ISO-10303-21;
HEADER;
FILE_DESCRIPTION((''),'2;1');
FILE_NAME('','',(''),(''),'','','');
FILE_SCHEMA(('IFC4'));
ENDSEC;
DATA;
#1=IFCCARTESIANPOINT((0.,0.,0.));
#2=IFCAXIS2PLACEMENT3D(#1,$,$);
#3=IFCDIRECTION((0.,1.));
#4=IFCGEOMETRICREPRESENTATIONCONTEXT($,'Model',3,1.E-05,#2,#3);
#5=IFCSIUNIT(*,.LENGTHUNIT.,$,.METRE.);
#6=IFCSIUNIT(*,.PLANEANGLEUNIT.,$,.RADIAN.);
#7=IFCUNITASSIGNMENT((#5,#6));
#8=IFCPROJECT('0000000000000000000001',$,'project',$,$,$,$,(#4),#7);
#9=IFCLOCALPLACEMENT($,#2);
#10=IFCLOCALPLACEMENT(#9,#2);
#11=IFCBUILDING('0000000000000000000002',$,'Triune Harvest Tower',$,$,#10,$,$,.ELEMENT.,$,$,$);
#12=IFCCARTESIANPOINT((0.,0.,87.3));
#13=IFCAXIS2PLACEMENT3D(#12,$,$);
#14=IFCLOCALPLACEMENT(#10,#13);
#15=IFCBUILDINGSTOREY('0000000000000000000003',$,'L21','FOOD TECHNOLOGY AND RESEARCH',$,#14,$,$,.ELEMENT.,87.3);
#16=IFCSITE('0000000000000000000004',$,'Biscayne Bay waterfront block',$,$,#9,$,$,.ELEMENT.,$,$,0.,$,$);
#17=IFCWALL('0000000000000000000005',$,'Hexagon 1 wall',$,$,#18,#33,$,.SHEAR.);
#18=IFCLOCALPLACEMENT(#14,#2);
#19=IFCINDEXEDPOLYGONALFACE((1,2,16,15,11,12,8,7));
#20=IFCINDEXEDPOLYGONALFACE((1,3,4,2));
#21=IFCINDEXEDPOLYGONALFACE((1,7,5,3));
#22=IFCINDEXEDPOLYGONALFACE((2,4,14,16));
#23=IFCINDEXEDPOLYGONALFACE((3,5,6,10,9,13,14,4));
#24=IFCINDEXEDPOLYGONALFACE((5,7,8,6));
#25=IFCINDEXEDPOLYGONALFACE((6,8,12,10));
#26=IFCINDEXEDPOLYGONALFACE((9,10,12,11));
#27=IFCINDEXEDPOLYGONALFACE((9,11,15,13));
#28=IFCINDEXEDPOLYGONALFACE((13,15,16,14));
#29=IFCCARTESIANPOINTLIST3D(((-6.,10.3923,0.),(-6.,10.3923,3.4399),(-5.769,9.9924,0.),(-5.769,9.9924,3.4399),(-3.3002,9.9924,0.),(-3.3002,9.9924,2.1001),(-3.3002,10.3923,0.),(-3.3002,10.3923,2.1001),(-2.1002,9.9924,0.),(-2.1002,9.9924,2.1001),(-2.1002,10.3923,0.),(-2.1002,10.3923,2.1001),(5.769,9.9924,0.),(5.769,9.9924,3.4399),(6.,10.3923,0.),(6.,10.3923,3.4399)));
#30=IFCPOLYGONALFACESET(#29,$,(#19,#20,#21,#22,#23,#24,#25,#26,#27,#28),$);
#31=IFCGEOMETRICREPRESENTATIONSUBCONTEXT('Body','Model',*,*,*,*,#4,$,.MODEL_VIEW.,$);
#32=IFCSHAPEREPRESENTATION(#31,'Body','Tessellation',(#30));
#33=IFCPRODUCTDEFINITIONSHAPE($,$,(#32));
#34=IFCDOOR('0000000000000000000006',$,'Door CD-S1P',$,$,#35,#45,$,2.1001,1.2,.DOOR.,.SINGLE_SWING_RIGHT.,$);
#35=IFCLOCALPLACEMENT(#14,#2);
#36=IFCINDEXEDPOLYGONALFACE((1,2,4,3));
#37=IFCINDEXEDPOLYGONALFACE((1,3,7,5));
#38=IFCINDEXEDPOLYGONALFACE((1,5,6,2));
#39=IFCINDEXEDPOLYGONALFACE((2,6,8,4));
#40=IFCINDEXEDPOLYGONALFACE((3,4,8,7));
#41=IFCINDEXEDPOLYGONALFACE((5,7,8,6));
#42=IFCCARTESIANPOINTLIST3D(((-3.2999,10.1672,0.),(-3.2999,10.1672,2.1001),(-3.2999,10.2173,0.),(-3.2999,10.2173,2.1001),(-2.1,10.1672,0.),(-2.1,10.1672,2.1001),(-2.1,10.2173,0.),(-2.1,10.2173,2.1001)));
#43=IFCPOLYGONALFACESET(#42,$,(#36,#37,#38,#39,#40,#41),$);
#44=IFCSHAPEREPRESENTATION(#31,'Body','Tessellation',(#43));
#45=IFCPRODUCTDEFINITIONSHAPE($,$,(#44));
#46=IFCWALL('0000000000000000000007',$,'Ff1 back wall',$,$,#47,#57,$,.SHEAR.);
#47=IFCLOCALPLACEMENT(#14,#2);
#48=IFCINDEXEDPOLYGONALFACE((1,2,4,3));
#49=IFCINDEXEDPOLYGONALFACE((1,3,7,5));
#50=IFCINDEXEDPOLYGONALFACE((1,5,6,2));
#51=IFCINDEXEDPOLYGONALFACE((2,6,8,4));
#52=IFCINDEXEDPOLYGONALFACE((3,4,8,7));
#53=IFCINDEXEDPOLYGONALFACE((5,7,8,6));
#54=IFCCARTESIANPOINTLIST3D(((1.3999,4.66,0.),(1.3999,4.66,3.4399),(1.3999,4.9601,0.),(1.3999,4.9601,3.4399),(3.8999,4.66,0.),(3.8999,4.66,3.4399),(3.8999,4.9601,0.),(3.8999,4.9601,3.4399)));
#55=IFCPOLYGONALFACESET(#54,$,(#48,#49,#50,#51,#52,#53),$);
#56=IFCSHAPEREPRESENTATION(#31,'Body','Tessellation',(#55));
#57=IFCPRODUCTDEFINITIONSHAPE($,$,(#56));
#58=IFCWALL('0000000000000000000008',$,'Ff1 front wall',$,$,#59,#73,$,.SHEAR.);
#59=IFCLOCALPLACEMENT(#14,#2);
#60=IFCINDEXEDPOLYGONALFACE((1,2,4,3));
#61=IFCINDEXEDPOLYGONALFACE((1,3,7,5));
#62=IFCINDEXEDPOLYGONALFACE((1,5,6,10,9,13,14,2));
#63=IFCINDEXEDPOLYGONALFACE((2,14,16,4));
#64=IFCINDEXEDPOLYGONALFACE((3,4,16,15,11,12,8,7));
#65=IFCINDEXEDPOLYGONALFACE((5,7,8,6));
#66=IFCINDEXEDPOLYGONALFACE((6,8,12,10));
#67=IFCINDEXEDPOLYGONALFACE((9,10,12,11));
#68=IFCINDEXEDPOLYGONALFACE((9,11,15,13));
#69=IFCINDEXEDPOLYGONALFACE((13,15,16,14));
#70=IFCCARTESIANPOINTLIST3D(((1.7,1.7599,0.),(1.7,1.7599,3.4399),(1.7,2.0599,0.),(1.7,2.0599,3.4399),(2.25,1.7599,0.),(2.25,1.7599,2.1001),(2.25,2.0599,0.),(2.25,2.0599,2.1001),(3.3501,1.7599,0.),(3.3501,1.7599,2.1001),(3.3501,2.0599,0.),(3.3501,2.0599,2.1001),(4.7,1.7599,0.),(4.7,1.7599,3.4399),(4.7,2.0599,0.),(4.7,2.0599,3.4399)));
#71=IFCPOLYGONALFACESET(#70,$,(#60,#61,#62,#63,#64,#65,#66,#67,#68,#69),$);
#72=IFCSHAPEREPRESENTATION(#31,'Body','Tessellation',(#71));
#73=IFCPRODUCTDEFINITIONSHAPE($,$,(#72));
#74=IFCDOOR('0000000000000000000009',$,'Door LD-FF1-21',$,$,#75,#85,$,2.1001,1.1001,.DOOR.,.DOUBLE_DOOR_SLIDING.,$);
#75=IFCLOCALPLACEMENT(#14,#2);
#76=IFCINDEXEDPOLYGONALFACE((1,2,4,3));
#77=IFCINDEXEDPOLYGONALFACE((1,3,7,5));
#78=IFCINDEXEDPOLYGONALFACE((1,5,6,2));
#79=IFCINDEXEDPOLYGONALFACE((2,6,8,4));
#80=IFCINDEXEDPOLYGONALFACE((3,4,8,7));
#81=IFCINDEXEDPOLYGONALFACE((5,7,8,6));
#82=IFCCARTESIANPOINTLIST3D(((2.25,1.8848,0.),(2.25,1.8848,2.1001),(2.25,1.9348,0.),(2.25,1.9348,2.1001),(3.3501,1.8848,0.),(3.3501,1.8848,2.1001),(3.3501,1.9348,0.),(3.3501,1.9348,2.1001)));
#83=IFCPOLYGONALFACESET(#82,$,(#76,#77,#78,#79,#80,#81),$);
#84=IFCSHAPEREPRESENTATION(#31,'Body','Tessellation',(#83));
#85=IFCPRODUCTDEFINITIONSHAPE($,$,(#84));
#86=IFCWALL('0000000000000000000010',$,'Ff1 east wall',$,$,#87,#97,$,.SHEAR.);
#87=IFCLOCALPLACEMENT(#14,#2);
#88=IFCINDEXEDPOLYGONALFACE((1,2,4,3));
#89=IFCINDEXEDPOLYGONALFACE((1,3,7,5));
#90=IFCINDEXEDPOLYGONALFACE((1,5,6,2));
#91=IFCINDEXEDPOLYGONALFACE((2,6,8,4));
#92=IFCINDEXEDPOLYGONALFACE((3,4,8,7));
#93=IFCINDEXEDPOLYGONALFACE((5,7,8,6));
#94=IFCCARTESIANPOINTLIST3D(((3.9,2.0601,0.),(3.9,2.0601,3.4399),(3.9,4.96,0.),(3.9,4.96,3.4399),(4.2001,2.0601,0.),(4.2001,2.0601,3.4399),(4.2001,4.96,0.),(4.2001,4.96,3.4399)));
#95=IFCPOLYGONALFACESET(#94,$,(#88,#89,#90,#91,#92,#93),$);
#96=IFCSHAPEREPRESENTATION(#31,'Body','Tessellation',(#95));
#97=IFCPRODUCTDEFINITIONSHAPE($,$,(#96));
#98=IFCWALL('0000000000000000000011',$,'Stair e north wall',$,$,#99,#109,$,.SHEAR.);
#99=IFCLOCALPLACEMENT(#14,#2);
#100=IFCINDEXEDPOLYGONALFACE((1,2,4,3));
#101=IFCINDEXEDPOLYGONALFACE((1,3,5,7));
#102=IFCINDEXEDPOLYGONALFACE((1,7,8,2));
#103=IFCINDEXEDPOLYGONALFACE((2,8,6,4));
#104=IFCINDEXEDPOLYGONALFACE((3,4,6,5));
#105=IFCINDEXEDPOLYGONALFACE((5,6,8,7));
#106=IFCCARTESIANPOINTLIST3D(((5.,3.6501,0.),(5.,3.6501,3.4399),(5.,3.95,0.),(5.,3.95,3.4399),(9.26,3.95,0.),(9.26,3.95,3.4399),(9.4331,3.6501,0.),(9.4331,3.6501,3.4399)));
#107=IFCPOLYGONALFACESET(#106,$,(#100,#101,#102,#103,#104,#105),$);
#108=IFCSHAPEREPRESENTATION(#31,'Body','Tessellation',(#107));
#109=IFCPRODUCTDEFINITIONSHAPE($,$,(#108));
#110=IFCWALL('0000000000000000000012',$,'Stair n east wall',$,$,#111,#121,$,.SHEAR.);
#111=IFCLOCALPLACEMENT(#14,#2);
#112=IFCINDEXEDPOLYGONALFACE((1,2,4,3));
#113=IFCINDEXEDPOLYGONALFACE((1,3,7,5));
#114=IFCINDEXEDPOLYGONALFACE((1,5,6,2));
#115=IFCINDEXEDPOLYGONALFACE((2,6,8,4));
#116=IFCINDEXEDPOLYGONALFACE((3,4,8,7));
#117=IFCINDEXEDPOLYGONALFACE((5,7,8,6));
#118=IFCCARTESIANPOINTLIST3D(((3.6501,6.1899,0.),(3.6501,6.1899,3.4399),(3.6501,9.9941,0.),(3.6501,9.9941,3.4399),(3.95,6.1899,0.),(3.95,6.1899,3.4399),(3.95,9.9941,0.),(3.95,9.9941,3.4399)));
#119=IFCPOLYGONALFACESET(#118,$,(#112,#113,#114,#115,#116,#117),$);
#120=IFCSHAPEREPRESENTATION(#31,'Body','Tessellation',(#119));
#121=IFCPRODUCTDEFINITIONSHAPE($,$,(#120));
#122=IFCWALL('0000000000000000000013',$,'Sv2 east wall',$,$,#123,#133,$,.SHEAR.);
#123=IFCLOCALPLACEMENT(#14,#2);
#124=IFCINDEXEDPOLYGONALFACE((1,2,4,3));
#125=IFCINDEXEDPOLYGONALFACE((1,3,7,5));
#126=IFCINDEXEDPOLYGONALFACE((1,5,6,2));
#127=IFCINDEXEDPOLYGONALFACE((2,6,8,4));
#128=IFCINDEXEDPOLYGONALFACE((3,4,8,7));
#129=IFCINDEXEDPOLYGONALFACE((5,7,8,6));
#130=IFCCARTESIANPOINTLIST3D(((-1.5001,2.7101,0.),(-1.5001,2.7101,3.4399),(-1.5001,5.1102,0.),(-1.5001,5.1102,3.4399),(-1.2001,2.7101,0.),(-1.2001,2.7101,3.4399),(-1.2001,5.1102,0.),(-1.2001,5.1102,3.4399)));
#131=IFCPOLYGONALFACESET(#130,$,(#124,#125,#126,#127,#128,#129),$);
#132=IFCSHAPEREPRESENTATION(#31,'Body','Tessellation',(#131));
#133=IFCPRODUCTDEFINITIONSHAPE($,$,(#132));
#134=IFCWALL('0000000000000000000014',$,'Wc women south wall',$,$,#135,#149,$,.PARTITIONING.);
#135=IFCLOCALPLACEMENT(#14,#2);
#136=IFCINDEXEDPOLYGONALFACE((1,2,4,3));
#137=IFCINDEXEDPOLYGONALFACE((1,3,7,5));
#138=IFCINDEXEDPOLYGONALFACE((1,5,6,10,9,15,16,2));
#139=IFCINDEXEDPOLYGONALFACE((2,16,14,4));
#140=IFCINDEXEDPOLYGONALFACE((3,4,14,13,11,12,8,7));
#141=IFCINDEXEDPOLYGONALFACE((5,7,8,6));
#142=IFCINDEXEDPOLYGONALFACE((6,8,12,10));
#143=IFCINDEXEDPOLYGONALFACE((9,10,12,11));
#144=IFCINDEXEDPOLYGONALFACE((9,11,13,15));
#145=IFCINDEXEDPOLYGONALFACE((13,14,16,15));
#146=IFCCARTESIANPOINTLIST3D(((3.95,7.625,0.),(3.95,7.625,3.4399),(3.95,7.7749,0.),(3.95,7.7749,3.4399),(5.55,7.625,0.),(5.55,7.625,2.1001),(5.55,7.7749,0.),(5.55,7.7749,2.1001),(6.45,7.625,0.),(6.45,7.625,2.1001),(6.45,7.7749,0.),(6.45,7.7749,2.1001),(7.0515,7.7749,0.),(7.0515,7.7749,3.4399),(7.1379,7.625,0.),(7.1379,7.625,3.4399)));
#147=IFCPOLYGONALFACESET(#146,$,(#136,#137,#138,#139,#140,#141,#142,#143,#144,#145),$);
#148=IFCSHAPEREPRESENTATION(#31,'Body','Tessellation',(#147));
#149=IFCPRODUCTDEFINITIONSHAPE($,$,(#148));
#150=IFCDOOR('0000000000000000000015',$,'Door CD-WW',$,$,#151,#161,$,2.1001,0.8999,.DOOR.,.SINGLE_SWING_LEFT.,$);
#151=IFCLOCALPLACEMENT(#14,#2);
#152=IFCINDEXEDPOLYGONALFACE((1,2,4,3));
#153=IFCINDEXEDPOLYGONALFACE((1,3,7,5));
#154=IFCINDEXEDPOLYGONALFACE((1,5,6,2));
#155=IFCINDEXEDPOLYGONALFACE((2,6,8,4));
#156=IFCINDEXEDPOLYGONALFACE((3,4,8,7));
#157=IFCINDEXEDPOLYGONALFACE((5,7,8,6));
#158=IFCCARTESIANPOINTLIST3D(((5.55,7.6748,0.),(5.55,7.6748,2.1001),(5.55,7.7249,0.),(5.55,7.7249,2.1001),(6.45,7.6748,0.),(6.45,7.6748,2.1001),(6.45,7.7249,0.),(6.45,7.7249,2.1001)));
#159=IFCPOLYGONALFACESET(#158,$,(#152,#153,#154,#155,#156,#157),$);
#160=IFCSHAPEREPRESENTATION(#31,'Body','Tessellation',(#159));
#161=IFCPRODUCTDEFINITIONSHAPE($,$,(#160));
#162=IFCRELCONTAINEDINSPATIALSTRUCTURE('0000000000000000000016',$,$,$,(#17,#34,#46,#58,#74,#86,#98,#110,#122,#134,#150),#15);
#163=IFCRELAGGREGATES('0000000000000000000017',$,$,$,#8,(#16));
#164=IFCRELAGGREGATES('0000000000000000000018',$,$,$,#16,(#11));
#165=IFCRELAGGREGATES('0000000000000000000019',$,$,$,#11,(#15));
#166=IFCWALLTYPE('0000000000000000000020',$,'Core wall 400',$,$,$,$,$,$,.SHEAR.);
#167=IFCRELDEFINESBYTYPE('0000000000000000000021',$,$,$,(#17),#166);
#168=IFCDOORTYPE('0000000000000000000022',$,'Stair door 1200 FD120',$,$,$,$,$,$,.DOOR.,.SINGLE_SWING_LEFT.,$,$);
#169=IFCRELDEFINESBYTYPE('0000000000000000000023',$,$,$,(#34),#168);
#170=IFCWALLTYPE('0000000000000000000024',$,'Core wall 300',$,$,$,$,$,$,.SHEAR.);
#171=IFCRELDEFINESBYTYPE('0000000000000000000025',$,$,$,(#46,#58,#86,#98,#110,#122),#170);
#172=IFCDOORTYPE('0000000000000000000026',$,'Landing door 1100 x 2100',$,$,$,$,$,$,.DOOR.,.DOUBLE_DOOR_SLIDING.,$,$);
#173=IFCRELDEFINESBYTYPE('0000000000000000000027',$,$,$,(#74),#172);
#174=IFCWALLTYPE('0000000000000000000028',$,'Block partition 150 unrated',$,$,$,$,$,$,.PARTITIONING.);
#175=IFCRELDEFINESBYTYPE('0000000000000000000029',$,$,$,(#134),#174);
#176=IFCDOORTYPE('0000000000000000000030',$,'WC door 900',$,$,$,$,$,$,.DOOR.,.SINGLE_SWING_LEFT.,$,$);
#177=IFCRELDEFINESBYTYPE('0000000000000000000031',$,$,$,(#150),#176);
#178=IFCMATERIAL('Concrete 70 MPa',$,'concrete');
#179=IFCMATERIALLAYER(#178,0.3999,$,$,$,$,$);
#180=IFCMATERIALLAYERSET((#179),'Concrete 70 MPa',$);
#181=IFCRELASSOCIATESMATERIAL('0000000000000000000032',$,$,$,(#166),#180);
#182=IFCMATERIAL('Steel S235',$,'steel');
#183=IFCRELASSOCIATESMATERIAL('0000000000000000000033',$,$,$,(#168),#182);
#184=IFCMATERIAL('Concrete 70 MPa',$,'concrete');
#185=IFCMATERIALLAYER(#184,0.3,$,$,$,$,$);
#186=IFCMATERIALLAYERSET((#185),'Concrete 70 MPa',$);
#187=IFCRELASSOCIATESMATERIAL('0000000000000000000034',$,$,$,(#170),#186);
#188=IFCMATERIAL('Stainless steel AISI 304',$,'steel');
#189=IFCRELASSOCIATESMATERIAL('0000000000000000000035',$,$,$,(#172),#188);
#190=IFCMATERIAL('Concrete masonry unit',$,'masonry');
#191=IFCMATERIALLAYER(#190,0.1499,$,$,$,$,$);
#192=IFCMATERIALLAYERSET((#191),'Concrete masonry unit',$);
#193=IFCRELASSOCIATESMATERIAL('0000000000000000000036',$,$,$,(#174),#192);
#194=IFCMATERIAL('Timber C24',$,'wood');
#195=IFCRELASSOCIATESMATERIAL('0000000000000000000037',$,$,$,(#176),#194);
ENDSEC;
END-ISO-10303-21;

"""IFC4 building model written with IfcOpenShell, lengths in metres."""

from ifc_helpers import new_model, si_unit, direction, frame, frame_2d, origin, place, context, subcontext, project, spatial, polyline, rectangle, outline, extrude, source, transform, mapped, material, layer, layer_set, type_object, element, fill, save


model = new_model("IFC4")

# Units and contexts
model_context = context("Model", 3, precision=1e-05, world=origin(), true_north=direction((0.0, 1.0)))
body_context = subcontext(model_context, "Body", "Model", "MODEL_VIEW")
ifc_project = project(units=[si_unit("LENGTHUNIT", "METRE"), si_unit("PLANEANGLEUNIT", "RADIAN")], contexts=[model_context])

# Site, building, storey
site_placement = place(None, origin())
site = spatial("IfcSite", under=ifc_project, at=site_placement, Name="Biscayne Bay waterfront block", CompositionType="ELEMENT", RefElevation=0.0)
building_placement = place(site_placement, origin())
building = spatial("IfcBuilding", under=site, at=building_placement, Name="Triune Harvest Tower", CompositionType="ELEMENT")
storey_placement = place(building_placement, frame((0.0, 0.0, 87.3)))
storey = spatial("IfcBuildingStorey", under=building, at=storey_placement, Name="L21", Description="FOOD TECHNOLOGY AND RESEARCH", CompositionType="ELEMENT", Elevation=87.3)

# Wall, opening, door
ifc_material_1 = material(Name="Concrete 70 MPa", Category="concrete")
ifc_layer_1 = layer(ifc_material_1, 0.3999)
ifc_layer_set_1 = layer_set([ifc_layer_1], Name="Concrete 70 MPa")
wall_type_1 = type_object("IfcWallType", Name="Core wall 400", PredefinedType="SHEAR", material=ifc_layer_set_1)
shared_shape_1 = source(origin(), body_context, "Body", "SweptSolid", [
    extrude(outline(polyline([(-0.1155, -0.2), (11.8845, -0.2), (11.6536, 0.2), (0.1155, 0.2), (-0.1155, -0.2)])), origin(), (0.0, 0.0, 1.0), 3.4399),
])
wall_1_placement = place(storey_placement, frame((5.8845, 10.1924, 0.0), z_axis=(0.0, 0.0, 1.0), x_axis=(-1.0, 0.0, 0.0)))
wall_1 = element("IfcWall", 1, at=wall_1_placement, inside=storey, type_object=wall_type_1, Name="Hexagon 1 wall", PredefinedType="SHEAR", context=body_context, shape_type="MappedRepresentation", body=[
    mapped(shared_shape_1, transform((0.0, 0.0, 0.0), scale=1.0)),
])
opening_1_placement = place(wall_1_placement, frame((7.9846, 0.0, 0.0)))
opening_1 = element("IfcOpeningElement", 2, at=opening_1_placement, cuts=wall_1, PredefinedType="OPENING", context=body_context, shape_type="SweptSolid", body=[
    extrude(rectangle(XDim=1.2, YDim=2.1001, at=frame_2d((0.6001, 1.05))), frame((0.0, 0.21, 0.0), z_axis=(0.0, -1.0, 0.0), x_axis=(1.0, 0.0, 0.0)), (0.0, 0.0, 1.0), 0.4199),
])
ifc_material_2 = material(Name="Steel S235", Category="steel")
door_type_1 = type_object("IfcDoorType", Name="Stair door 1200 FD120", OperationType="SINGLE_SWING_LEFT", PredefinedType="DOOR", material=ifc_material_2)
door_1_placement = place(opening_1_placement, frame((1.2, 0.0, 0.0), z_axis=(0.0, 0.0, 1.0), x_axis=(-1.0, 0.0, 0.0)))
door_1 = element("IfcDoor", 3, at=door_1_placement, inside=storey, type_object=door_type_1, Name="Door CD-S1P", OperationType="SINGLE_SWING_RIGHT", OverallHeight=2.1001, OverallWidth=1.2, PredefinedType="DOOR", context=body_context, shape_type="SweptSolid", body=[
    extrude(rectangle(XDim=1.2, YDim=2.1001, at=frame_2d((0.6001, 1.05))), frame((0.0, 0.0249, 0.0), z_axis=(0.0, -1.0, 0.0), x_axis=(1.0, 0.0, 0.0)), (0.0, 0.0, 1.0), 0.05),
])
fill(opening_1, door_1)

# Wall
ifc_material_3 = material(Name="Concrete 70 MPa", Category="concrete")
ifc_layer_2 = layer(ifc_material_3, 0.3)
ifc_layer_set_2 = layer_set([ifc_layer_2], Name="Concrete 70 MPa")
wall_type_2 = type_object("IfcWallType", Name="Core wall 300", PredefinedType="SHEAR", material=ifc_layer_set_2)
shared_shape_2 = source(origin(), body_context, "Body", "SweptSolid", [
    extrude(rectangle(XDim=2.5, YDim=0.3, at=frame_2d((1.25, 0.0))), origin(), (0.0, 0.0, 1.0), 3.4399),
])
wall_2_placement = place(storey_placement, frame((1.3999, 4.8101, 0.0), z_axis=(0.0, 0.0, 1.0), x_axis=(1.0, 0.0, 0.0)))
element("IfcWall", 4, at=wall_2_placement, inside=storey, type_object=wall_type_2, Name="Ff1 back wall", PredefinedType="SHEAR", context=body_context, shape_type="MappedRepresentation", body=[
    mapped(shared_shape_2, transform((0.0, 0.0, 0.0), scale=1.0)),
])

# Wall, opening, door
shared_shape_3 = source(origin(), body_context, "Body", "SweptSolid", [
    extrude(rectangle(XDim=3.0, YDim=0.3, at=frame_2d((1.5, 0.0))), origin(), (0.0, 0.0, 1.0), 3.4399),
])
wall_3_placement = place(storey_placement, frame((1.7, 1.9099, 0.0), z_axis=(0.0, 0.0, 1.0), x_axis=(1.0, 0.0, 0.0)))
wall_3 = element("IfcWall", 5, at=wall_3_placement, inside=storey, type_object=wall_type_2, Name="Ff1 front wall", PredefinedType="SHEAR", context=body_context, shape_type="MappedRepresentation", body=[
    mapped(shared_shape_3, transform((0.0, 0.0, 0.0), scale=1.0)),
])
opening_2_placement = place(wall_3_placement, frame((0.55, 0.0, 0.0)))
opening_2 = element("IfcOpeningElement", 6, at=opening_2_placement, cuts=wall_3, PredefinedType="OPENING", context=body_context, shape_type="SweptSolid", body=[
    extrude(rectangle(XDim=1.1001, YDim=2.1001, at=frame_2d((0.55, 1.05))), frame((0.0, 0.1602, 0.0), z_axis=(0.0, -1.0, 0.0), x_axis=(1.0, 0.0, 0.0)), (0.0, 0.0, 1.0), 0.3201),
])
ifc_material_4 = material(Name="Stainless steel AISI 304", Category="steel")
door_type_2 = type_object("IfcDoorType", Name="Landing door 1100 x 2100", OperationType="DOUBLE_DOOR_SLIDING", PredefinedType="DOOR", material=ifc_material_4)
door_2_placement = place(opening_2_placement, origin())
door_2 = element("IfcDoor", 7, at=door_2_placement, inside=storey, type_object=door_type_2, Name="Door LD-FF1-21", OperationType="DOUBLE_DOOR_SLIDING", OverallHeight=2.1001, OverallWidth=1.1001, PredefinedType="DOOR", context=body_context, shape_type="SweptSolid", body=[
    extrude(rectangle(XDim=1.1001, YDim=2.1001, at=frame_2d((0.55, 1.05))), frame((0.0, 0.0249, 0.0), z_axis=(0.0, -1.0, 0.0), x_axis=(1.0, 0.0, 0.0)), (0.0, 0.0, 1.0), 0.05),
])
fill(opening_2, door_2)

# Walls
shared_shape_4 = source(origin(), body_context, "Body", "SweptSolid", [
    extrude(rectangle(XDim=2.8999, YDim=0.3, at=frame_2d((1.45, 0.0))), origin(), (0.0, 0.0, 1.0), 3.4399),
])
wall_4_placement = place(storey_placement, frame((4.05, 2.0601, 0.0), z_axis=(0.0, 0.0, 1.0), x_axis=(0.0, 1.0, 0.0)))
element("IfcWall", 8, at=wall_4_placement, inside=storey, type_object=wall_type_2, Name="Ff1 east wall", PredefinedType="SHEAR", context=body_context, shape_type="MappedRepresentation", body=[
    mapped(shared_shape_4, transform((0.0, 0.0, 0.0), scale=1.0)),
])
shared_shape_5 = source(origin(), body_context, "Body", "SweptSolid", [
    extrude(outline(polyline([(0.0, -0.1499), (0.0, 0.1499), (4.26, 0.1499), (4.4331, -0.1499), (0.0, -0.1499)])), origin(), (0.0, 0.0, 1.0), 3.4399),
])
wall_5_placement = place(storey_placement, frame((5.0, 3.8, 0.0), z_axis=(0.0, 0.0, 1.0), x_axis=(1.0, 0.0, 0.0)))
element("IfcWall", 9, at=wall_5_placement, inside=storey, type_object=wall_type_2, Name="Stair e north wall", PredefinedType="SHEAR", context=body_context, shape_type="MappedRepresentation", body=[
    mapped(shared_shape_5, transform((0.0, 0.0, 0.0), scale=1.0)),
])
shared_shape_6 = source(origin(), body_context, "Body", "SweptSolid", [
    extrude(outline(polyline([(0.0, -0.1499), (0.0, 0.1499), (3.8042, 0.1499), (3.8042, -0.1499), (0.0, -0.1499)])), origin(), (0.0, 0.0, 1.0), 3.4399),
])
wall_6_placement = place(storey_placement, frame((3.8, 6.1899, 0.0), z_axis=(0.0, 0.0, 1.0), x_axis=(0.0, 1.0, 0.0)))
element("IfcWall", 10, at=wall_6_placement, inside=storey, type_object=wall_type_2, Name="Stair n east wall", PredefinedType="SHEAR", context=body_context, shape_type="MappedRepresentation", body=[
    mapped(shared_shape_6, transform((0.0, 0.0, 0.0), scale=1.0)),
])
shared_shape_7 = source(origin(), body_context, "Body", "SweptSolid", [
    extrude(rectangle(XDim=2.4001, YDim=0.3, at=frame_2d((1.2002, 0.0))), origin(), (0.0, 0.0, 1.0), 3.4399),
])
wall_7_placement = place(storey_placement, frame((-1.3501, 2.71, 0.0), z_axis=(0.0, 0.0, 1.0), x_axis=(0.0, 1.0, 0.0)))
element("IfcWall", 11, at=wall_7_placement, inside=storey, type_object=wall_type_2, Name="Sv2 east wall", PredefinedType="SHEAR", context=body_context, shape_type="MappedRepresentation", body=[
    mapped(shared_shape_7, transform((0.0, 0.0, 0.0), scale=1.0)),
])

# Wall, opening, door
ifc_material_5 = material(Name="Concrete masonry unit", Category="masonry")
ifc_layer_3 = layer(ifc_material_5, 0.1499)
ifc_layer_set_3 = layer_set([ifc_layer_3], Name="Concrete masonry unit")
wall_type_3 = type_object("IfcWallType", Name="Block partition 150 unrated", PredefinedType="PARTITIONING", material=ifc_layer_set_3)
shared_shape_8 = source(origin(), body_context, "Body", "SweptSolid", [
    extrude(outline(polyline([(0.0, -0.075), (0.0, 0.075), (3.1016, 0.075), (3.188, -0.075), (0.0, -0.075)])), origin(), (0.0, 0.0, 1.0), 3.4399),
])
wall_8_placement = place(storey_placement, frame((3.95, 7.7, 0.0), z_axis=(0.0, 0.0, 1.0), x_axis=(1.0, 0.0, 0.0)))
wall_8 = element("IfcWall", 12, at=wall_8_placement, inside=storey, type_object=wall_type_3, Name="Wc women south wall", PredefinedType="PARTITIONING", context=body_context, shape_type="MappedRepresentation", body=[
    mapped(shared_shape_8, transform((0.0, 0.0, 0.0), scale=1.0)),
])
opening_3_placement = place(wall_8_placement, frame((1.6001, 0.0, 0.0)))
opening_3 = element("IfcOpeningElement", 13, at=opening_3_placement, cuts=wall_8, PredefinedType="OPENING", context=body_context, shape_type="SweptSolid", body=[
    extrude(rectangle(XDim=0.8999, YDim=2.1001, at=frame_2d((0.45, 1.05))), frame((0.0, 0.085, 0.0), z_axis=(0.0, -1.0, 0.0), x_axis=(1.0, 0.0, 0.0)), (0.0, 0.0, 1.0), 0.1699),
])
ifc_material_6 = material(Name="Timber C24", Category="wood")
door_type_3 = type_object("IfcDoorType", Name="WC door 900", OperationType="SINGLE_SWING_LEFT", PredefinedType="DOOR", material=ifc_material_6)
door_3_placement = place(opening_3_placement, origin())
door_3 = element("IfcDoor", 14, at=door_3_placement, inside=storey, type_object=door_type_3, Name="Door CD-WW", OperationType="SINGLE_SWING_LEFT", OverallHeight=2.1001, OverallWidth=0.8999, PredefinedType="DOOR", context=body_context, shape_type="SweptSolid", body=[
    extrude(rectangle(XDim=0.8999, YDim=2.1001, at=frame_2d((0.45, 1.05))), frame((0.0, 0.0249, 0.0), z_axis=(0.0, -1.0, 0.0), x_axis=(1.0, 0.0, 0.0)), (0.0, 0.0, 1.0), 0.05),
])
fill(opening_3, door_3)

save(model, "model.ifc")
